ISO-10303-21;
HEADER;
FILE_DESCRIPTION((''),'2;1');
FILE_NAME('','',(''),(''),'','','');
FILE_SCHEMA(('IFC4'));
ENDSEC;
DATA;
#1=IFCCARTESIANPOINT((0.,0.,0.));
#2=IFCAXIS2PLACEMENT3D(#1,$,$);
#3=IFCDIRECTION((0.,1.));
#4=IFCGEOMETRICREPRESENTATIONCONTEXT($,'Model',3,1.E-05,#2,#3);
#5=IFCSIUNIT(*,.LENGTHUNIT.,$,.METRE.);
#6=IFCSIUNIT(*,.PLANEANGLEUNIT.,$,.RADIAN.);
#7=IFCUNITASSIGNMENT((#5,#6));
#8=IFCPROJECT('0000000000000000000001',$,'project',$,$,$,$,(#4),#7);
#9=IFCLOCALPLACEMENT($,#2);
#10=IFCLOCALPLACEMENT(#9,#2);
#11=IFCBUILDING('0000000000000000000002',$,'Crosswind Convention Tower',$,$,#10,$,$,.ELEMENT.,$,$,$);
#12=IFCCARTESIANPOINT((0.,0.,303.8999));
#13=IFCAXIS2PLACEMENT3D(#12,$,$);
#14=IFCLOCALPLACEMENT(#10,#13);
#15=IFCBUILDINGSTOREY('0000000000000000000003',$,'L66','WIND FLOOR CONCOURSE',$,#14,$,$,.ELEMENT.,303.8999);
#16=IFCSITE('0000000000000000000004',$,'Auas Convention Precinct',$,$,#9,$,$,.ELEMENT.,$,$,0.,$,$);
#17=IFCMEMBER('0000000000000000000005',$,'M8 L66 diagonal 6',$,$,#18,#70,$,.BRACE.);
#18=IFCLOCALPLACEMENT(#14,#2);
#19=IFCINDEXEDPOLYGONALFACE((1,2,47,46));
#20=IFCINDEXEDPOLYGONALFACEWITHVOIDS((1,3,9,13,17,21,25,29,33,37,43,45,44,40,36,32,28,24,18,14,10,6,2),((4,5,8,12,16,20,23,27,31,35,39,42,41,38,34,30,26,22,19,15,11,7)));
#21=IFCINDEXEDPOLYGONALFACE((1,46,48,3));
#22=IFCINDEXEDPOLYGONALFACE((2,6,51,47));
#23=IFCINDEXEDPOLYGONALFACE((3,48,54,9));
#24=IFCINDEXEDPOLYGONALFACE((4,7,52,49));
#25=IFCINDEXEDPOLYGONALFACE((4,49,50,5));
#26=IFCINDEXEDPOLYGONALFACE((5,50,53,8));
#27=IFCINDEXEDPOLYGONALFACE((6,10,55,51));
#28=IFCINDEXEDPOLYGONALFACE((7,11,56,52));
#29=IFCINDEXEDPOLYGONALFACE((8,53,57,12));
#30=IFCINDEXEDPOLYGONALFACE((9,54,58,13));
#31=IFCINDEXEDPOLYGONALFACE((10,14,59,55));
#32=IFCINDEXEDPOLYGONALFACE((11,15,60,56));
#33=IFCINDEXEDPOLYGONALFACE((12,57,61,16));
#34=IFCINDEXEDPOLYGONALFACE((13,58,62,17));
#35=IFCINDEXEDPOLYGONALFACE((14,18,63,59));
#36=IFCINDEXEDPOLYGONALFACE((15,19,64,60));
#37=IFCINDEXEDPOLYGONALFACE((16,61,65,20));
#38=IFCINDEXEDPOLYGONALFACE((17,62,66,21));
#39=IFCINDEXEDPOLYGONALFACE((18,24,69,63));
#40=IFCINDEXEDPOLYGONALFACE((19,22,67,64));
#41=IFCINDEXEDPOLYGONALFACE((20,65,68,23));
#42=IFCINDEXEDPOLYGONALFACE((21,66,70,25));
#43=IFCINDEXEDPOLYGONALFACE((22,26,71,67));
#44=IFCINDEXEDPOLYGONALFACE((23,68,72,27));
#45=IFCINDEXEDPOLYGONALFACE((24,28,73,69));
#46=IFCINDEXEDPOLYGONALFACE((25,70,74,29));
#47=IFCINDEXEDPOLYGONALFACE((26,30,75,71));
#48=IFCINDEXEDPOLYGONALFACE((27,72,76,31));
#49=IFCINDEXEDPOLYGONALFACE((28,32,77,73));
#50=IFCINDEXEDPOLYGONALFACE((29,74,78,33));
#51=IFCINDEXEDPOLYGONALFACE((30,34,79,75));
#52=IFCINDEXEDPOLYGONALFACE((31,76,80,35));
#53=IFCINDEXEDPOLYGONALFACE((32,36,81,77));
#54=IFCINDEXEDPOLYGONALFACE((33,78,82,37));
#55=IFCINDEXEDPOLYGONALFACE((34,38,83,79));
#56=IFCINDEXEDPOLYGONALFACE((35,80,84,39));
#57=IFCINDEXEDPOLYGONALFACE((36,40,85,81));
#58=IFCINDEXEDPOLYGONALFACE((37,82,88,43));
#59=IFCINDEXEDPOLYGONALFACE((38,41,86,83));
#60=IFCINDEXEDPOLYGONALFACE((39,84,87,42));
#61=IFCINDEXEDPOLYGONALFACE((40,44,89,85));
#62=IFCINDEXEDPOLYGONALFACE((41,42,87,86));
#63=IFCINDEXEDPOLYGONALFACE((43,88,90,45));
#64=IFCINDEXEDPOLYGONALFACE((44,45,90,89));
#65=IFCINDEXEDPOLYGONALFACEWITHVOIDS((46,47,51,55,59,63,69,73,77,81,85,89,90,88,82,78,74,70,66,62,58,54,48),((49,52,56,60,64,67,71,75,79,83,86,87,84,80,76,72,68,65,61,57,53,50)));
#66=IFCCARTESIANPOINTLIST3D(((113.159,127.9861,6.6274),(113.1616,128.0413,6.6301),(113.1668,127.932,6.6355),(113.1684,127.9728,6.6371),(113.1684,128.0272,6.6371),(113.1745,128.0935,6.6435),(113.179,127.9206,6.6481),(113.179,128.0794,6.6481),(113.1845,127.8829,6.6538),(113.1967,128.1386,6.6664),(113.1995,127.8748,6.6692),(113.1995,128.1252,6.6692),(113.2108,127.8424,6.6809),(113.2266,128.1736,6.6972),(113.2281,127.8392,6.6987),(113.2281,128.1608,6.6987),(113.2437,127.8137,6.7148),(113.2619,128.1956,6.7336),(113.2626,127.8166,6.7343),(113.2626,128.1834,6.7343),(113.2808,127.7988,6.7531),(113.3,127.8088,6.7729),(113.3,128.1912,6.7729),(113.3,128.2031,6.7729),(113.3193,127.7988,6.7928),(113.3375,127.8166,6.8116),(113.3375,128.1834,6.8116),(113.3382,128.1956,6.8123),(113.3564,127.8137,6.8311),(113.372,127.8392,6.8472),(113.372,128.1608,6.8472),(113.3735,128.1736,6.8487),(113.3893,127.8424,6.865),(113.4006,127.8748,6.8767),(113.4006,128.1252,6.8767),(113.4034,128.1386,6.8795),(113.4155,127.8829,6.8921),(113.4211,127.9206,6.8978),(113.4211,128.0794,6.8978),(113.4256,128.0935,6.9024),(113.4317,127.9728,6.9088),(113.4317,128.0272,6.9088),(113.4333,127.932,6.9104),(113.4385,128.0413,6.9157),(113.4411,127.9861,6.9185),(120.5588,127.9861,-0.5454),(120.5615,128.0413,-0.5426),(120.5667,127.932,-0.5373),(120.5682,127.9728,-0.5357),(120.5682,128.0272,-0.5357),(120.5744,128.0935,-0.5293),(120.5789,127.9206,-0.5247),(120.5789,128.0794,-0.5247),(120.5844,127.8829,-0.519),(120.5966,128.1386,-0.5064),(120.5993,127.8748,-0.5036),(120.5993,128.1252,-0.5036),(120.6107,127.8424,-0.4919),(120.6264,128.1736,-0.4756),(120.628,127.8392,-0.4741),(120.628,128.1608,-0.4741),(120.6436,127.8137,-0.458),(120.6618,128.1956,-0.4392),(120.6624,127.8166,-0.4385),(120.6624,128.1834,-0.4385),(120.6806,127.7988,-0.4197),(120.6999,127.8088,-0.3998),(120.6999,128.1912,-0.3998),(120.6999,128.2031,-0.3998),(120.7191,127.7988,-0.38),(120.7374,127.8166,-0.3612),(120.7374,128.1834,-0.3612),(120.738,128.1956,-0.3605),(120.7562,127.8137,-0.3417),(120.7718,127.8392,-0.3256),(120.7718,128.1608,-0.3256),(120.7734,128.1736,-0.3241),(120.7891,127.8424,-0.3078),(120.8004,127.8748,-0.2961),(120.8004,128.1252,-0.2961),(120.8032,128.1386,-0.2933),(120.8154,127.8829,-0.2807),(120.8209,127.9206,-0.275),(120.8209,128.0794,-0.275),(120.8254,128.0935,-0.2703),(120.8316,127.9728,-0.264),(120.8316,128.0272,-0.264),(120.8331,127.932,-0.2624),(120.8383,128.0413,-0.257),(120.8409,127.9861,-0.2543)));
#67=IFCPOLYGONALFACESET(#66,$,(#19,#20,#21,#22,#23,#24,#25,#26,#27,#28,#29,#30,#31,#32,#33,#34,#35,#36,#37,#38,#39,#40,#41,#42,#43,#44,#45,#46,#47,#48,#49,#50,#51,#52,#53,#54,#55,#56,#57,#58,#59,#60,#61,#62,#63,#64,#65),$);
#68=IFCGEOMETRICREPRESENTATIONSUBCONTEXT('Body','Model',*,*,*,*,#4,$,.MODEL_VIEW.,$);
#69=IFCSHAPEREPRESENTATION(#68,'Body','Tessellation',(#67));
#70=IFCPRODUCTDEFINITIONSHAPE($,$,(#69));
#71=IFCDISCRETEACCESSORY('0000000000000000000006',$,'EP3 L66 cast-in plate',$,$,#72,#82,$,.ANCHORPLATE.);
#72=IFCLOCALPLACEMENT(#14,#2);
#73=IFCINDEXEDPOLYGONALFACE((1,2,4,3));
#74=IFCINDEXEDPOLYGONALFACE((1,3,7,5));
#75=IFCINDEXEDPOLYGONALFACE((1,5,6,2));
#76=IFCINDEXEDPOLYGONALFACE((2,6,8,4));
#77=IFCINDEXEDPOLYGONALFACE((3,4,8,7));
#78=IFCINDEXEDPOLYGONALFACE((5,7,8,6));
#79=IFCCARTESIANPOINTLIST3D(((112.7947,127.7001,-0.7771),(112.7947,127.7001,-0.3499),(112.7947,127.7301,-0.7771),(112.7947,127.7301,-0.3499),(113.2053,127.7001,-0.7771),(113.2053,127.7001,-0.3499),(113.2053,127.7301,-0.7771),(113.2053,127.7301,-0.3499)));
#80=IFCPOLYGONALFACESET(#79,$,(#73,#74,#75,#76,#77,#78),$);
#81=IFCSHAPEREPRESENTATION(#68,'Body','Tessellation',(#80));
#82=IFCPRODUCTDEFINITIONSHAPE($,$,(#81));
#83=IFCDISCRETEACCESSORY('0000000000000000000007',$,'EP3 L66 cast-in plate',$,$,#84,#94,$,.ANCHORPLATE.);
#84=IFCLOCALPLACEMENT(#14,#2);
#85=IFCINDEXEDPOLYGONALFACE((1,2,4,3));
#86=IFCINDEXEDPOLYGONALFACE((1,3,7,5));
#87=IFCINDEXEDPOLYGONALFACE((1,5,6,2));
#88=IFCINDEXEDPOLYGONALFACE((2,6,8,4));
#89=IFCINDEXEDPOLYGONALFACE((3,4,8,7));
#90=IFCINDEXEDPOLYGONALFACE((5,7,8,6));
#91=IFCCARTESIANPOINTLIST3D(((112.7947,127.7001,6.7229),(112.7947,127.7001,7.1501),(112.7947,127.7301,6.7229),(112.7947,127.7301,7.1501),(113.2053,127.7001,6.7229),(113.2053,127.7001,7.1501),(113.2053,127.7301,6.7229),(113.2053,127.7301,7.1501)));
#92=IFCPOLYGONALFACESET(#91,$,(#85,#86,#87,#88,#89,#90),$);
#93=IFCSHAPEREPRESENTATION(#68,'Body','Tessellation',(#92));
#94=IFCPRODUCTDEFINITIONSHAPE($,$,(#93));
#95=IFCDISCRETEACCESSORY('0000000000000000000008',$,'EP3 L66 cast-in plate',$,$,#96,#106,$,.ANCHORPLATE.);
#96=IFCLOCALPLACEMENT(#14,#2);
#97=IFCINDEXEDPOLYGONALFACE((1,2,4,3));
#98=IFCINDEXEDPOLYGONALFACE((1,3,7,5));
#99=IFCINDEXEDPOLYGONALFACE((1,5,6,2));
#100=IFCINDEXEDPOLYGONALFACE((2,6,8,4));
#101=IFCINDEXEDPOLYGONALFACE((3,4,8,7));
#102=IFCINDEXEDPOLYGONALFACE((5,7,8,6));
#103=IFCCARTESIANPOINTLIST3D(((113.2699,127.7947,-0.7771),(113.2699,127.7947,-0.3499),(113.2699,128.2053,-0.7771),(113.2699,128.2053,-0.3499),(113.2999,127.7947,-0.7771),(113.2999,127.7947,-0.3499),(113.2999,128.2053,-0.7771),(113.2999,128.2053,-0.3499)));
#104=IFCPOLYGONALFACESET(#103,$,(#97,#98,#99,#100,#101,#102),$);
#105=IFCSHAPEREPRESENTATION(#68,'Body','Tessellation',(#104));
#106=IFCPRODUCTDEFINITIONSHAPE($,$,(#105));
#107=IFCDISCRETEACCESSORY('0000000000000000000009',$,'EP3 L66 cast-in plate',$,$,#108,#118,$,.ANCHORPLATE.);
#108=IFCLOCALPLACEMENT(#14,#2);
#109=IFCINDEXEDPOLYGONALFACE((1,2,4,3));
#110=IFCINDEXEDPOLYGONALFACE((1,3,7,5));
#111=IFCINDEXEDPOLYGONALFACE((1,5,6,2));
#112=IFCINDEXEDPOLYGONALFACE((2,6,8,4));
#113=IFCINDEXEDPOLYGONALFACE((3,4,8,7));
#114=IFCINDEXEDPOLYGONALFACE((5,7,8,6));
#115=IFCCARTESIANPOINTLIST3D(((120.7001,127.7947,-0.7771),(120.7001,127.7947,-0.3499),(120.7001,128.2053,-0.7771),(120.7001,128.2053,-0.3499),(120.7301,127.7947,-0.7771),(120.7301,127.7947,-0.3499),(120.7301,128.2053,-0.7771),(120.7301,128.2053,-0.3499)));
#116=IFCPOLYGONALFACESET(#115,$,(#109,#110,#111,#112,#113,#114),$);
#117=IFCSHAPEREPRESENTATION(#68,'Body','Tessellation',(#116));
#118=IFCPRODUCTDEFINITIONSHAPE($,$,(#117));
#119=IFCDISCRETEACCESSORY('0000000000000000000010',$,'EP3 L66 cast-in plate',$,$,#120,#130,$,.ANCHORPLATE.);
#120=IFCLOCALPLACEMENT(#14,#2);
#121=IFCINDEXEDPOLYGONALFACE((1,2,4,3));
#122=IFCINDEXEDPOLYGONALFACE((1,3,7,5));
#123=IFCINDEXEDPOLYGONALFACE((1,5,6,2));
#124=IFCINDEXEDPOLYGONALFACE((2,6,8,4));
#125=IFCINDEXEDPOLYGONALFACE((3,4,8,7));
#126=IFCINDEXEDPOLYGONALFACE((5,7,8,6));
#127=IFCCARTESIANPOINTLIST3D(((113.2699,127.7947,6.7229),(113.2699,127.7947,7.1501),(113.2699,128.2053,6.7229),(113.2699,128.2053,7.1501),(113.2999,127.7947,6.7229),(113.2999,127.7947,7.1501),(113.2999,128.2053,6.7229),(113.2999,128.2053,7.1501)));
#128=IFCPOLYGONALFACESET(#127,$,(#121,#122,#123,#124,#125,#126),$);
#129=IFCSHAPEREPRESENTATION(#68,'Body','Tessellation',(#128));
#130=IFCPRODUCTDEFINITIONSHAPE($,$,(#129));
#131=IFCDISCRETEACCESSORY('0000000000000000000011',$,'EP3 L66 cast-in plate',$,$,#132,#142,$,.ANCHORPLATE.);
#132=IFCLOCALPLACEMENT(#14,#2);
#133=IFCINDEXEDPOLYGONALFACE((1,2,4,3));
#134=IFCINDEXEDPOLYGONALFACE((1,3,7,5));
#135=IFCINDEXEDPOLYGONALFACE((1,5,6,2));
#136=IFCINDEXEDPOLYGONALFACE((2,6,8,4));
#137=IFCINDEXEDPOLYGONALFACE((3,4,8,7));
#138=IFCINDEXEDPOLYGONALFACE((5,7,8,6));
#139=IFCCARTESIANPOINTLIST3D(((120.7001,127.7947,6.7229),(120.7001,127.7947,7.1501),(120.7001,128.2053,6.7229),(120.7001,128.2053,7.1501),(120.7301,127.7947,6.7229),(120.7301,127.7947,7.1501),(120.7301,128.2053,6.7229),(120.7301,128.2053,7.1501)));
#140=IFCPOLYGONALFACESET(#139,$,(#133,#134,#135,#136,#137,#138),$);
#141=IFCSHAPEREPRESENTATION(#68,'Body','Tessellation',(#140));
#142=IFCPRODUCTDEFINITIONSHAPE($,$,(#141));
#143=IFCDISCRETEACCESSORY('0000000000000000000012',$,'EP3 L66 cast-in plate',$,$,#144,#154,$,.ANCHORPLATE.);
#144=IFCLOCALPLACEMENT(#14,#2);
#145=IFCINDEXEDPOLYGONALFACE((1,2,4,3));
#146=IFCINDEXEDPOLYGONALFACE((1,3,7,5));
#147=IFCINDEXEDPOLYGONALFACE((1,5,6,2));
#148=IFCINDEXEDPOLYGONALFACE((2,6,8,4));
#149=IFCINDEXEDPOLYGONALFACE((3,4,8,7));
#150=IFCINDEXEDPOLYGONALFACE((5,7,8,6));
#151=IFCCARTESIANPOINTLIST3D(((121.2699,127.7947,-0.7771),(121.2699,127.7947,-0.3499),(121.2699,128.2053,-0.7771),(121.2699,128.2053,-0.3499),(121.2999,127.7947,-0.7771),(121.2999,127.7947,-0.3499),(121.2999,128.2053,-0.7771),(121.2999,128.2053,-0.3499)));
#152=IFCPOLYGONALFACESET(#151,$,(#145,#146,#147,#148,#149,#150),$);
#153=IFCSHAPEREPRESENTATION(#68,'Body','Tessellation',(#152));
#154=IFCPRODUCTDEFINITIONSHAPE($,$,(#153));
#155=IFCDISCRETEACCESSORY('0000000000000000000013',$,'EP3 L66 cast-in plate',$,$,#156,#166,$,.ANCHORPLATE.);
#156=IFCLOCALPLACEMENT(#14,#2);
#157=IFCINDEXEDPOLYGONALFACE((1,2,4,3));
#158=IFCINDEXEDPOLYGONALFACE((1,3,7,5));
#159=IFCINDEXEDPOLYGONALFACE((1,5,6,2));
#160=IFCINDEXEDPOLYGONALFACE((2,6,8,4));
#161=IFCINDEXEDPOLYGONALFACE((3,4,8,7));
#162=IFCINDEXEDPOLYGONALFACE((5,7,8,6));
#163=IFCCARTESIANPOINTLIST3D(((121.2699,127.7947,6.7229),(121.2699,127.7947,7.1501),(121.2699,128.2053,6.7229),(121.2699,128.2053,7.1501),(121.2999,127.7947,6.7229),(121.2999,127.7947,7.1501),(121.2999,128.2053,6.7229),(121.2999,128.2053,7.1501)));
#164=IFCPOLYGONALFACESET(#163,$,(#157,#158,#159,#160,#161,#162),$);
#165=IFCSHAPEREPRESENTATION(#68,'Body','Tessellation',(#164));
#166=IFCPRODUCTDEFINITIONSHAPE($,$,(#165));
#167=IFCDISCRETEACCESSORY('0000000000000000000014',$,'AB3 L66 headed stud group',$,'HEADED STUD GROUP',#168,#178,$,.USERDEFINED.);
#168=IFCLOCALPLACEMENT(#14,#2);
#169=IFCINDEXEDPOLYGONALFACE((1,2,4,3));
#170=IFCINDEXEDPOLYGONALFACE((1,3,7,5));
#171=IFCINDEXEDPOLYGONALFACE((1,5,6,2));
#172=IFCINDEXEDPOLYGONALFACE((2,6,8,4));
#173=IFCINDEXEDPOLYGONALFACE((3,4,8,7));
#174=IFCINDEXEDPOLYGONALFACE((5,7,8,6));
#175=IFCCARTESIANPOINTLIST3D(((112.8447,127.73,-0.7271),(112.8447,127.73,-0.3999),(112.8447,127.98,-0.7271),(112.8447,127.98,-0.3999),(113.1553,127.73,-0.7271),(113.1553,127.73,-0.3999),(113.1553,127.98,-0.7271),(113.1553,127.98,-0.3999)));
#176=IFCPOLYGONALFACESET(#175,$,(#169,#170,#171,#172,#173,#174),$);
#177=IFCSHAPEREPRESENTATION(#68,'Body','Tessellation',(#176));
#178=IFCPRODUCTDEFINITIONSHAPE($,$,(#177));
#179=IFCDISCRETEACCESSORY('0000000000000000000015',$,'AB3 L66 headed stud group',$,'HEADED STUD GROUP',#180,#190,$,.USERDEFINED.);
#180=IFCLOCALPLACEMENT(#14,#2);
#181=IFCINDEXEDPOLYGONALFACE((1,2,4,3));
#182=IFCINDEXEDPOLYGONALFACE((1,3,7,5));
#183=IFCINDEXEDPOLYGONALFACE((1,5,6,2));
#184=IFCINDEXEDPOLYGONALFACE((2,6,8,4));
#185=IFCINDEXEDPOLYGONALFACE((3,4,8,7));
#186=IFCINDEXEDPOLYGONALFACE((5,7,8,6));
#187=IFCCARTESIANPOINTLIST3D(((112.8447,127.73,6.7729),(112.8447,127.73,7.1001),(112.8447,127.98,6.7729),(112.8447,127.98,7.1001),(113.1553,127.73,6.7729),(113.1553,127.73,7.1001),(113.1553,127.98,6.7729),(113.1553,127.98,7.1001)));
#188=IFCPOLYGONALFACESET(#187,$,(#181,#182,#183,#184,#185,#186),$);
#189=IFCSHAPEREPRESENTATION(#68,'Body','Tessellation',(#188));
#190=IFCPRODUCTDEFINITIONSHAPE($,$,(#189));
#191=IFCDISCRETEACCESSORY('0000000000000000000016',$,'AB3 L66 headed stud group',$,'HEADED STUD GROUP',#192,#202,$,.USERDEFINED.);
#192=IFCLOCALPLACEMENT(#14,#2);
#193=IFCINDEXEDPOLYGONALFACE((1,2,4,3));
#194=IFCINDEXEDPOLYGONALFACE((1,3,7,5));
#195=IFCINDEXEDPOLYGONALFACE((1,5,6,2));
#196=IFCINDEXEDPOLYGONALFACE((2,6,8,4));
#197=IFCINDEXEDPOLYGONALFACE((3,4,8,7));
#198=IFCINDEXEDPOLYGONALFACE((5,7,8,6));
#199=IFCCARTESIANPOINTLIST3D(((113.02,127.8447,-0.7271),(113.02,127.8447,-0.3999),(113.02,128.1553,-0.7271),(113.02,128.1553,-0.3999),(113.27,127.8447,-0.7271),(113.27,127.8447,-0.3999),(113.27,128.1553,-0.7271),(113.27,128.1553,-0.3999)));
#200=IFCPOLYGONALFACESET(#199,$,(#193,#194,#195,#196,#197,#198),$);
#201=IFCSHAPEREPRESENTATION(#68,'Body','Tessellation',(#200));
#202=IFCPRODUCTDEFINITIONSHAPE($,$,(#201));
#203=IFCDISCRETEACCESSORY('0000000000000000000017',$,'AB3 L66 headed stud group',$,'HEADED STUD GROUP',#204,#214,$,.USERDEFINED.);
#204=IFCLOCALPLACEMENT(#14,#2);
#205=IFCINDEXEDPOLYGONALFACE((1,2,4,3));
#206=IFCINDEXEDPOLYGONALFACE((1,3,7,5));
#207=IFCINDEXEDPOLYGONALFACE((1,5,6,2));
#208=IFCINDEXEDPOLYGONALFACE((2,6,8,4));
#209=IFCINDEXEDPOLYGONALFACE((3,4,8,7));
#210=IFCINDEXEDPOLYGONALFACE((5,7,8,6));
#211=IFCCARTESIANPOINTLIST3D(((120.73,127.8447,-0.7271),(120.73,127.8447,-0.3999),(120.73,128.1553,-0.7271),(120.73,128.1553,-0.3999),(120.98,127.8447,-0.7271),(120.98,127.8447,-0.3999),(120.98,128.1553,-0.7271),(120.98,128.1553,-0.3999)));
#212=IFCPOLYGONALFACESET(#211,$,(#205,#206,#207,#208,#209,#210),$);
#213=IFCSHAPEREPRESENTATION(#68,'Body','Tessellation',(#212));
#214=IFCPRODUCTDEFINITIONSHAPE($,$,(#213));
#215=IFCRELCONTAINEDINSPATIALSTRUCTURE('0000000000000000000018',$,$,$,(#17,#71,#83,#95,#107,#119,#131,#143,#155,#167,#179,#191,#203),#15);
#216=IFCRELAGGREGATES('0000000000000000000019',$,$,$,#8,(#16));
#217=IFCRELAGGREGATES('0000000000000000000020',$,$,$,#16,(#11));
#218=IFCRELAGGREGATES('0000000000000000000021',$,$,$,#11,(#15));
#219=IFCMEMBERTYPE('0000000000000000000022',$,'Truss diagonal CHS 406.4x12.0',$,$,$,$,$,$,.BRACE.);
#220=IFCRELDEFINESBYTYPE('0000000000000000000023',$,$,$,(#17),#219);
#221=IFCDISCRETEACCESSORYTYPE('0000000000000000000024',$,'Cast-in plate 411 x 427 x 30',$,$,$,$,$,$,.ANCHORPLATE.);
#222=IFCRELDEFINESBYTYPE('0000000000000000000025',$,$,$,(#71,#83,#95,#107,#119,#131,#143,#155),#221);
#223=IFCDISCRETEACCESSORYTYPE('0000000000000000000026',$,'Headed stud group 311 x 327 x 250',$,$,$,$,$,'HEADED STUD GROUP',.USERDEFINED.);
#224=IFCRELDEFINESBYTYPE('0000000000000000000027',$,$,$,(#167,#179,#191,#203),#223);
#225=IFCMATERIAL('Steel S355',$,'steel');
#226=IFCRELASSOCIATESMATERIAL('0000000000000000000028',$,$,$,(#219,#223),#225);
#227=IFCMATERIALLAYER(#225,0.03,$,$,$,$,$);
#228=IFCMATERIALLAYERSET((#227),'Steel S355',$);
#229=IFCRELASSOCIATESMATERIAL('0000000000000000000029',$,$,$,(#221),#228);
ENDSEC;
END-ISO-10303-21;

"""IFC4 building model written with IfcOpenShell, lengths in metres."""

from ifc_helpers import new_model, si_unit, direction, frame, origin, origin_2d, place, context, subcontext, project, spatial, rectangle, hollow_circle, extrude, material, layer, layer_set, material_profile, profile_set, type_object, element, save


model = new_model("IFC4")

# Units and contexts
model_context = context("Model", 3, precision=1e-05, world=origin(), true_north=direction((0.0, 1.0)))
body_context = subcontext(model_context, "Body", "Model", "MODEL_VIEW")
ifc_project = project(units=[si_unit("LENGTHUNIT", "METRE"), si_unit("PLANEANGLEUNIT", "RADIAN")], contexts=[model_context])

# Site, building, storey
site_placement = place(None, origin())
site = spatial("IfcSite", under=ifc_project, at=site_placement, Name="Auas Convention Precinct", CompositionType="ELEMENT", RefElevation=0.0)
building_placement = place(site_placement, origin())
building = spatial("IfcBuilding", under=site, at=building_placement, Name="Crosswind Convention Tower", CompositionType="ELEMENT")
storey_placement = place(building_placement, frame((0.0, 0.0, 303.8999)))
storey = spatial("IfcBuildingStorey", under=building, at=storey_placement, Name="L66", Description="WIND FLOOR CONCOURSE", CompositionType="ELEMENT", Elevation=303.8999)

# Shared definitions
ifc_material_1 = material(Name="Steel S355", Category="steel")

# Member
ifc_material_profile_1 = material_profile(ifc_material_1, hollow_circle(Radius=0.2031, WallThickness=0.012, at=origin_2d()), Name="CHS 406.4x12.0")
ifc_profile_set_1 = profile_set([ifc_material_profile_1], Name="Steel S355")
member_type_1 = type_object("IfcMemberType", Name="Truss diagonal CHS 406.4x12.0", PredefinedType="BRACE", material=ifc_profile_set_1)
for number, where, z_axis, x_axis, name in (
    (1, (113.3, 128.0, 6.7729), (0.718037, 0.0, -0.696005), (0.0, 1.0, 0.0), "M8 L66 diagonal 6"),
):
    element("IfcMember", number, at=place(storey_placement, frame(where, z_axis=z_axis, x_axis=x_axis)), inside=storey, type_object=member_type_1, Name=name, PredefinedType="BRACE", context=body_context, shape_type="SweptSolid", body=[
        extrude(hollow_circle(Radius=0.2031, WallThickness=0.012, at=origin_2d()), origin(), (0.0, 0.0, 1.0), 10.3057),
    ])

# Discrete accessories
ifc_layer = layer(ifc_material_1, 0.03)
ifc_layer_set = layer_set([ifc_layer], Name="Steel S355")
discrete_accessory_type_1 = type_object("IfcDiscreteAccessoryType", Name="Cast-in plate 411 x 427 x 30", PredefinedType="ANCHORPLATE", material=ifc_layer_set)
for number, where, z_axis, x_axis, name in (
    (2, (113.0, 127.7151, -0.7771), (0.0, 0.0, 1.0), (1.0, 0.0, 0.0), "EP3 L66 cast-in plate"),
    (3, (113.0, 127.7151, 6.7229), (0.0, 0.0, 1.0), (1.0, 0.0, 0.0), "EP3 L66 cast-in plate"),
):
    element("IfcDiscreteAccessory", number, at=place(storey_placement, frame(where, z_axis=z_axis, x_axis=x_axis)), inside=storey, type_object=discrete_accessory_type_1, Name=name, PredefinedType="ANCHORPLATE", context=body_context, shape_type="SweptSolid", body=[
        extrude(rectangle(XDim=0.4106, YDim=0.03, at=origin_2d()), origin(), (0.0, 0.0, 1.0), 0.4272),
    ])
for number, where, z_axis, x_axis, name in (
    (4, (113.2849, 128.0, -0.7771), (0.0, 0.0, 1.0), (1.0, 0.0, 0.0), "EP3 L66 cast-in plate"),
    (5, (120.7151, 128.0, -0.7771), (0.0, 0.0, 1.0), (1.0, 0.0, 0.0), "EP3 L66 cast-in plate"),
    (6, (113.2849, 128.0, 6.7229), (0.0, 0.0, 1.0), (1.0, 0.0, 0.0), "EP3 L66 cast-in plate"),
    (7, (120.7151, 128.0, 6.7229), (0.0, 0.0, 1.0), (1.0, 0.0, 0.0), "EP3 L66 cast-in plate"),
    (8, (121.2849, 128.0, -0.7771), (0.0, 0.0, 1.0), (1.0, 0.0, 0.0), "EP3 L66 cast-in plate"),
    (9, (121.2849, 128.0, 6.7229), (0.0, 0.0, 1.0), (1.0, 0.0, 0.0), "EP3 L66 cast-in plate"),
):
    element("IfcDiscreteAccessory", number, at=place(storey_placement, frame(where, z_axis=z_axis, x_axis=x_axis)), inside=storey, type_object=discrete_accessory_type_1, Name=name, PredefinedType="ANCHORPLATE", context=body_context, shape_type="SweptSolid", body=[
        extrude(rectangle(XDim=0.03, YDim=0.4106, at=origin_2d()), origin(), (0.0, 0.0, 1.0), 0.4272),
    ])
discrete_accessory_type_2 = type_object("IfcDiscreteAccessoryType", Name="Headed stud group 311 x 327 x 250", ElementType="HEADED STUD GROUP", PredefinedType="USERDEFINED", material=ifc_material_1)
for number, where, z_axis, x_axis, name in (
    (10, (113.0, 127.855, -0.7271), (0.0, 0.0, 1.0), (1.0, 0.0, 0.0), "AB3 L66 headed stud group"),
    (11, (113.0, 127.855, 6.7729), (0.0, 0.0, 1.0), (1.0, 0.0, 0.0), "AB3 L66 headed stud group"),
):
    element("IfcDiscreteAccessory", number, at=place(storey_placement, frame(where, z_axis=z_axis, x_axis=x_axis)), inside=storey, type_object=discrete_accessory_type_2, Name=name, ObjectType="HEADED STUD GROUP", PredefinedType="USERDEFINED", context=body_context, shape_type="SweptSolid", body=[
        extrude(rectangle(XDim=0.3105, YDim=0.25, at=origin_2d()), origin(), (0.0, 0.0, 1.0), 0.3271),
    ])
for number, where, z_axis, x_axis, name in (
    (12, (113.145, 128.0, -0.7271), (0.0, 0.0, 1.0), (1.0, 0.0, 0.0), "AB3 L66 headed stud group"),
    (13, (120.855, 128.0, -0.7271), (0.0, 0.0, 1.0), (1.0, 0.0, 0.0), "AB3 L66 headed stud group"),
):
    element("IfcDiscreteAccessory", number, at=place(storey_placement, frame(where, z_axis=z_axis, x_axis=x_axis)), inside=storey, type_object=discrete_accessory_type_2, Name=name, ObjectType="HEADED STUD GROUP", PredefinedType="USERDEFINED", context=body_context, shape_type="SweptSolid", body=[
        extrude(rectangle(XDim=0.25, YDim=0.3105, at=origin_2d()), origin(), (0.0, 0.0, 1.0), 0.3271),
    ])

save(model, "model.ifc")
